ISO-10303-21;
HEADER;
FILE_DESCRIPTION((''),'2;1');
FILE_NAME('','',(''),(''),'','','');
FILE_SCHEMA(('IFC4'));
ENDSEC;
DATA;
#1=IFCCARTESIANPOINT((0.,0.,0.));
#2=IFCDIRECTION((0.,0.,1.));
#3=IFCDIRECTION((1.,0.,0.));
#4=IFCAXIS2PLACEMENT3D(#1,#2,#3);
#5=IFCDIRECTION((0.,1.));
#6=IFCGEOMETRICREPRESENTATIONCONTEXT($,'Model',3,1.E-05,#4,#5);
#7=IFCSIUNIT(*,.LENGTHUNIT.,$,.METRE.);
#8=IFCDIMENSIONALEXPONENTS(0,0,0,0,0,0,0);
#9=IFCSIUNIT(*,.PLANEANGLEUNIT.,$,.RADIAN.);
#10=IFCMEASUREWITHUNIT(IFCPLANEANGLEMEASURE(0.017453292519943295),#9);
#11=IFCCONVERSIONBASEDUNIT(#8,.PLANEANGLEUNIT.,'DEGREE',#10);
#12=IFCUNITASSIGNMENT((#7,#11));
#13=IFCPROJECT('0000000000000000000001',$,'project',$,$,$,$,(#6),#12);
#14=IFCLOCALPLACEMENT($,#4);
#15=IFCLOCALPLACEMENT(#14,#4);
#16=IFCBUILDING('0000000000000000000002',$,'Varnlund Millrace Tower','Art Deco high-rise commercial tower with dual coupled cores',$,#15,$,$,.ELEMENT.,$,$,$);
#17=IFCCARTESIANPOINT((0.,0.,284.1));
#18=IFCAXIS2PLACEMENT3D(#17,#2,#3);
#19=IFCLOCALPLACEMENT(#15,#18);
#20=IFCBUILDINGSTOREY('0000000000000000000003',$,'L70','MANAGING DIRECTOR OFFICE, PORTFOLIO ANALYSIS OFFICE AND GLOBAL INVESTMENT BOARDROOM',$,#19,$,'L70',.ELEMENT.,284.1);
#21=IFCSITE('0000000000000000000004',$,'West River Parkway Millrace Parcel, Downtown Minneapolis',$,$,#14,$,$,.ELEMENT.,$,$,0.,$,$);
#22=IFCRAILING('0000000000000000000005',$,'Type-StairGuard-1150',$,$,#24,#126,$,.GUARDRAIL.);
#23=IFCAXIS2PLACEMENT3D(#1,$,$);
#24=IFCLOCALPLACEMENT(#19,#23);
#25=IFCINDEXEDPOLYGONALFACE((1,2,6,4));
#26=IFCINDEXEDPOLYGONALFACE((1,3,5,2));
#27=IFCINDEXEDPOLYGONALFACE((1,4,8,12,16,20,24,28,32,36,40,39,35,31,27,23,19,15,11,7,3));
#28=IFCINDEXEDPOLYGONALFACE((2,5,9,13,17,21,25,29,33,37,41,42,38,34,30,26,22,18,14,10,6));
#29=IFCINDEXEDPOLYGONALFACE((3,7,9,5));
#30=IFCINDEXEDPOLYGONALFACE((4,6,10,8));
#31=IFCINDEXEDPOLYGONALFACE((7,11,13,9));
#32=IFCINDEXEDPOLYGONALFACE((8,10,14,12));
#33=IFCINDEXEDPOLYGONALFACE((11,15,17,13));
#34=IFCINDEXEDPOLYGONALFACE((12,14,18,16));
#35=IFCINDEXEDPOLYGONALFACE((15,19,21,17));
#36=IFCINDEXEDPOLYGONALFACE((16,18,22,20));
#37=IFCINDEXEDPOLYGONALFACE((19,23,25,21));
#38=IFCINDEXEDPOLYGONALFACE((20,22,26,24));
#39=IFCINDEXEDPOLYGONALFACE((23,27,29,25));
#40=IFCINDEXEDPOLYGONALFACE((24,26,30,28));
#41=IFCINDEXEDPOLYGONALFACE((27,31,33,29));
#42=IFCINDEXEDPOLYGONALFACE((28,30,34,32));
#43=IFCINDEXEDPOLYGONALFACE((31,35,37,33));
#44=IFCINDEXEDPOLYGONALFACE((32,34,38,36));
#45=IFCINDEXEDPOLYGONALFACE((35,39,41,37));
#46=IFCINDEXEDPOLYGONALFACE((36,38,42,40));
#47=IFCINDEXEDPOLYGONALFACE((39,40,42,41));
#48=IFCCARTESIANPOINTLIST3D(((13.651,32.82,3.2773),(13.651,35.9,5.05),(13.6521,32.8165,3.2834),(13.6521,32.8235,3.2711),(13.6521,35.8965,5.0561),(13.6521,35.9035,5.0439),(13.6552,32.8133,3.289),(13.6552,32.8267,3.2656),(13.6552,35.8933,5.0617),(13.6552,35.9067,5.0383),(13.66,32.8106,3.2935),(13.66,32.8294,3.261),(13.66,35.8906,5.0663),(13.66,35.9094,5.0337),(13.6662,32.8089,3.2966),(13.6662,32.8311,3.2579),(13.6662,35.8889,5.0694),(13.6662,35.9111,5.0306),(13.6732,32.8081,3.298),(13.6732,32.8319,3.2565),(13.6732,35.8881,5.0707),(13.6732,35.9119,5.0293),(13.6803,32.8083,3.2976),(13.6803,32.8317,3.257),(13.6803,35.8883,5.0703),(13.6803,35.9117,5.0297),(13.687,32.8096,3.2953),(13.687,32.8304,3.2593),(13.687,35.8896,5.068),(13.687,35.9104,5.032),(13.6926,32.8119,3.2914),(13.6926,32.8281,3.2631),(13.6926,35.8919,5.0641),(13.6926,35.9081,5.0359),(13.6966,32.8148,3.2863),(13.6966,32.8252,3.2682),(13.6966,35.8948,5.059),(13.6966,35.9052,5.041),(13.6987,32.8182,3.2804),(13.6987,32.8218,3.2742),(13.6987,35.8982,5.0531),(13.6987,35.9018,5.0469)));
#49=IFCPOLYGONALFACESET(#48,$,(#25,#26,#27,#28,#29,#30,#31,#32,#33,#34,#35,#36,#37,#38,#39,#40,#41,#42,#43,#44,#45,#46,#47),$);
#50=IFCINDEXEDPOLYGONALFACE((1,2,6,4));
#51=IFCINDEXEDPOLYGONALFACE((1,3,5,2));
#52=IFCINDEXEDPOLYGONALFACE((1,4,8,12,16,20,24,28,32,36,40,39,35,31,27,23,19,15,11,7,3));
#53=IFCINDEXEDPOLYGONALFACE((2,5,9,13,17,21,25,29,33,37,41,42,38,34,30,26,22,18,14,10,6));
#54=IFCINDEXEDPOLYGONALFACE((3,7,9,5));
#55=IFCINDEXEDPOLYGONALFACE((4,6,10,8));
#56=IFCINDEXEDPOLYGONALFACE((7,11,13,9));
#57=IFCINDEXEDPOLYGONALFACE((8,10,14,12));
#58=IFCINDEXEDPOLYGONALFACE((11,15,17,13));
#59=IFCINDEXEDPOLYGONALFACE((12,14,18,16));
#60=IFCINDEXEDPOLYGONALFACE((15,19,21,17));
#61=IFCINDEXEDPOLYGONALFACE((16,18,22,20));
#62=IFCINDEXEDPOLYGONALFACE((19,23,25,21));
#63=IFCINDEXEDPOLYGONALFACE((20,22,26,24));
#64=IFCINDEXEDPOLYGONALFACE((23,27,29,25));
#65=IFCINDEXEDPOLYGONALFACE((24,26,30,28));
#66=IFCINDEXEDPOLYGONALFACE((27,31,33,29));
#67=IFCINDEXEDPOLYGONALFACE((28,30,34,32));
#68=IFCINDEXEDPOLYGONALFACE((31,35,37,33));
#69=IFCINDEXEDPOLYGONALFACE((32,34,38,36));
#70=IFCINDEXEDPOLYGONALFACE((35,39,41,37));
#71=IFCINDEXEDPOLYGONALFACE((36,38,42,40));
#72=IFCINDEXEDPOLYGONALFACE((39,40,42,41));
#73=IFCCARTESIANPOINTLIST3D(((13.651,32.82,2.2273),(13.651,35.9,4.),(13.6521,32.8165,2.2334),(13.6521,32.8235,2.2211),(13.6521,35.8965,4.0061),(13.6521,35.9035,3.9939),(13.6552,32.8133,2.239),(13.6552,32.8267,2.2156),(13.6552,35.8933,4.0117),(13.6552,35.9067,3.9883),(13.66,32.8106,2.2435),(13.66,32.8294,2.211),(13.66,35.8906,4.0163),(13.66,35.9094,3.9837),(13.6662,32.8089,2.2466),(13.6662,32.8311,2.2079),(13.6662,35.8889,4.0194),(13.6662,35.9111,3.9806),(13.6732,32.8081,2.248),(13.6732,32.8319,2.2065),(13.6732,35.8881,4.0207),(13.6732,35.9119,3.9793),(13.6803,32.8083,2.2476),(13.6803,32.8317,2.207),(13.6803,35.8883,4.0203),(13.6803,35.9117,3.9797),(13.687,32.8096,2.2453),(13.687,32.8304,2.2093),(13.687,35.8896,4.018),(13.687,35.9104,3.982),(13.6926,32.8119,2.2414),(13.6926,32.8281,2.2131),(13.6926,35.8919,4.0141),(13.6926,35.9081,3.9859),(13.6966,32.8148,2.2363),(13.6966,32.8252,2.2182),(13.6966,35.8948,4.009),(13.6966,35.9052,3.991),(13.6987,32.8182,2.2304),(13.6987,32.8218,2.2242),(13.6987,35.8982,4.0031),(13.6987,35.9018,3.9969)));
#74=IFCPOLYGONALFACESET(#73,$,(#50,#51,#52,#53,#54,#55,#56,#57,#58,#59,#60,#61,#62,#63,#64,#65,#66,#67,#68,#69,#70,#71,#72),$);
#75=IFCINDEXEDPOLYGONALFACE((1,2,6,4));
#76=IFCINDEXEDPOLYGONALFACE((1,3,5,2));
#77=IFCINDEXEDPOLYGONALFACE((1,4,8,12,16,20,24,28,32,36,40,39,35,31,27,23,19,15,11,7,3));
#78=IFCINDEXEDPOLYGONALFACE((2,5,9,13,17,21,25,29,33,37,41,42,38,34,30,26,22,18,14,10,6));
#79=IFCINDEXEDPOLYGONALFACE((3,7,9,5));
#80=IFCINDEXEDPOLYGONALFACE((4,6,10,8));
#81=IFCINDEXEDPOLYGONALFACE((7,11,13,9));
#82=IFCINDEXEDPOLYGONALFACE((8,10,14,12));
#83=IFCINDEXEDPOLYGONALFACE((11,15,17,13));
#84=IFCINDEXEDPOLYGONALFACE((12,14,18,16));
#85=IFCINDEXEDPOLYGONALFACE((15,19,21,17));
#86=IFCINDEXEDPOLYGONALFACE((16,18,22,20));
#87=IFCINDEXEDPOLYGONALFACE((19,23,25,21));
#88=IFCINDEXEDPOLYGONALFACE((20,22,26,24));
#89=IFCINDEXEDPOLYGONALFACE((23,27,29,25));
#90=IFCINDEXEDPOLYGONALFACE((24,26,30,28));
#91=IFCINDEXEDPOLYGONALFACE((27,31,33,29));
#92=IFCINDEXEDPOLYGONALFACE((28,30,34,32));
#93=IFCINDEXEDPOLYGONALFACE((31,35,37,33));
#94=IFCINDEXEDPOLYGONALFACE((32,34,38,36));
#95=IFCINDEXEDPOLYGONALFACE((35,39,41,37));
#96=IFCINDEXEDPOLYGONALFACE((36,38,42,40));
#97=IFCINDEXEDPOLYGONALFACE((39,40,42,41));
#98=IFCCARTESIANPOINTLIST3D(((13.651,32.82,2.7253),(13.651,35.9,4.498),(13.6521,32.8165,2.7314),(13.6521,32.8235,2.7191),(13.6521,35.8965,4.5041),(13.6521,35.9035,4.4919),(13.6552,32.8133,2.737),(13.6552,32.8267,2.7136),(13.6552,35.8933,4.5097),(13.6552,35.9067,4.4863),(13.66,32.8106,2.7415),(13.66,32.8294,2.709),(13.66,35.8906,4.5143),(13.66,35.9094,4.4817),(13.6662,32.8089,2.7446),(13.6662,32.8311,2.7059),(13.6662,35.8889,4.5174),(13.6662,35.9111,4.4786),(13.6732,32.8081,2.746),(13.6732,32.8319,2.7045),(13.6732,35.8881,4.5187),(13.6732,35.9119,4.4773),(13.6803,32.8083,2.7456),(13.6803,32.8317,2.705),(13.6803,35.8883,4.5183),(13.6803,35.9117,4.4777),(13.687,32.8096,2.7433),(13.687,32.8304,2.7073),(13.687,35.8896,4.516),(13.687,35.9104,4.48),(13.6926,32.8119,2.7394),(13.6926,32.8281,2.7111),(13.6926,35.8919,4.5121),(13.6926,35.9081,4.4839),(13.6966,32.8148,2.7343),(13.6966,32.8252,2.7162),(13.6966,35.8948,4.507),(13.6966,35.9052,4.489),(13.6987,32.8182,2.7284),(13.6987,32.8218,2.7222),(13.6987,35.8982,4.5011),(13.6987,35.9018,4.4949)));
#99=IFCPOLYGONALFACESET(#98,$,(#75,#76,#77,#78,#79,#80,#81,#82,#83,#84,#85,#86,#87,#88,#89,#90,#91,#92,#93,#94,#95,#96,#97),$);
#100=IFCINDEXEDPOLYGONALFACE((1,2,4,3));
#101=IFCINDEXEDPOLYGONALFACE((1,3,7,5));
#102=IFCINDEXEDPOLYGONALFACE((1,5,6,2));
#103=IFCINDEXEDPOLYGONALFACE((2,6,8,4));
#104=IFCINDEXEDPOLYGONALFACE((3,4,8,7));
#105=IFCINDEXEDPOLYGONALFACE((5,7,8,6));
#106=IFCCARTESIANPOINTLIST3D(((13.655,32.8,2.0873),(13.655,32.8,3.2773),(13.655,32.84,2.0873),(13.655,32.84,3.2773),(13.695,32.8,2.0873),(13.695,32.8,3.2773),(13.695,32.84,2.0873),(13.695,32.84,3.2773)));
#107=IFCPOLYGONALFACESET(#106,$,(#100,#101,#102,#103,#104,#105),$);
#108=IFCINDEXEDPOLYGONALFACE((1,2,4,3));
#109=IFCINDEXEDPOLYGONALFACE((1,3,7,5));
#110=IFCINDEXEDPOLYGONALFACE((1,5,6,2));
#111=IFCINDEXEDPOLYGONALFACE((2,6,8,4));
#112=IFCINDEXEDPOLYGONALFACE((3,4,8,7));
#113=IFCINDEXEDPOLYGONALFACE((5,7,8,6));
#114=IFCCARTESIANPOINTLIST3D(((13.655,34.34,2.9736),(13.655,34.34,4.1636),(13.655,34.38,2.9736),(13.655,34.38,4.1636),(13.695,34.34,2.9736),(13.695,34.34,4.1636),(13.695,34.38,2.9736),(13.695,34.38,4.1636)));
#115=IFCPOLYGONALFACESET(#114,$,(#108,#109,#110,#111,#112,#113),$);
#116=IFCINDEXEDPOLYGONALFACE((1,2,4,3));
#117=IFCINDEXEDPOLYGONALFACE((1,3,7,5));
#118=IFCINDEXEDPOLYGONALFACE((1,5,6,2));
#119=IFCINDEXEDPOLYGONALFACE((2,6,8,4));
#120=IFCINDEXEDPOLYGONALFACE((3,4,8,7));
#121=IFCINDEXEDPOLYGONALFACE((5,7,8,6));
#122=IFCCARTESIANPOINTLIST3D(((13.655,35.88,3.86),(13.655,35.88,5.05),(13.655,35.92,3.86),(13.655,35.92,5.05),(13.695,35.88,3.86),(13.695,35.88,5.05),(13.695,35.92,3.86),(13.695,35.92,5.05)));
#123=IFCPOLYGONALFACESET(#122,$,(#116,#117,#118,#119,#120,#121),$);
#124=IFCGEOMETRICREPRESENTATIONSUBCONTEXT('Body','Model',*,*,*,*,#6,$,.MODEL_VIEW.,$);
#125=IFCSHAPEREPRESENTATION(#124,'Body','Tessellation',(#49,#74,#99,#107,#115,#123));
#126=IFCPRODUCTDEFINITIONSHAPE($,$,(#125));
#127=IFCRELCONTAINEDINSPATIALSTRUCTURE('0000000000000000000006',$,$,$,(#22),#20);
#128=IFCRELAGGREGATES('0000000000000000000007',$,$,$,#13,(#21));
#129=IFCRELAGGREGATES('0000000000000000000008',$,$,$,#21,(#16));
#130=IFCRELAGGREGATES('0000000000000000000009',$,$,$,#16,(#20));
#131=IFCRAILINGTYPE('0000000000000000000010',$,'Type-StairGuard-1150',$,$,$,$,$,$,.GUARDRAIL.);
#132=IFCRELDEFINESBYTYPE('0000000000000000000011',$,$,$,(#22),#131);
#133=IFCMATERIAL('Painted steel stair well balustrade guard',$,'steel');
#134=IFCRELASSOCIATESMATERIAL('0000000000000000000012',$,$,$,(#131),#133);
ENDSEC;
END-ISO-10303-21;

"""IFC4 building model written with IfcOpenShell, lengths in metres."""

from ifc_helpers import new_model, entity, si_unit, converted_unit, direction, frame, origin_with_axes, origin_2d_with_axis, place, context, subcontext, project, spatial, rectangle, circle, extrude, material, type_object, element, save


model = new_model("IFC4")

# Units and contexts
model_context = context("Model", 3, precision=1e-05, world=origin_with_axes(), true_north=direction((0.0, 1.0)))
body_context = subcontext(model_context, "Body", "Model", "MODEL_VIEW")
ifc_project = project(units=[si_unit("LENGTHUNIT", "METRE"), converted_unit("PLANEANGLEUNIT", "DEGREE", entity("IfcPlaneAngleMeasure", 0.017453292519943295), si_unit("PLANEANGLEUNIT", "RADIAN"), dimensions=[0, 0, 0, 0, 0, 0, 0])], contexts=[model_context])

# Site, building, storey
site_placement = place(None, origin_with_axes())
site = spatial("IfcSite", under=ifc_project, at=site_placement, Name="West River Parkway Millrace Parcel, Downtown Minneapolis", CompositionType="ELEMENT", RefElevation=0.0)
building_placement = place(site_placement, origin_with_axes())
building = spatial("IfcBuilding", under=site, at=building_placement, Name="Varnlund Millrace Tower", Description="Art Deco high-rise commercial tower with dual coupled cores", CompositionType="ELEMENT")
storey_placement = place(building_placement, frame((0.0, 0.0, 284.1), z_axis=(0.0, 0.0, 1.0), x_axis=(1.0, 0.0, 0.0)))
storey = spatial("IfcBuildingStorey", under=building, at=storey_placement, Name="L70", Description="MANAGING DIRECTOR OFFICE, PORTFOLIO ANALYSIS OFFICE AND GLOBAL INVESTMENT BOARDROOM", LongName="L70", CompositionType="ELEMENT", Elevation=284.1)

# Railing
ifc_material_1 = material(Name="Painted steel stair well balustrade guard", Category="steel")
railing_type_1 = type_object("IfcRailingType", Name="Type-StairGuard-1150", PredefinedType="GUARDRAIL", material=ifc_material_1)
railing_1_placement = place(storey_placement, frame((0.0, 0.0, -284.1), z_axis=(0.0, 0.0, 1.0), x_axis=(1.0, 0.0, 0.0)))
element("IfcRailing", 1, at=railing_1_placement, inside=storey, type_object=railing_type_1, Name="Type-StairGuard-1150", PredefinedType="GUARDRAIL", context=body_context, shape_type="SweptSolid", body=[
    extrude(circle(Radius=0.024, at=origin_2d_with_axis()), frame((13.675, 32.82, 287.3773), z_axis=(0.0, 0.866696, 0.498836), x_axis=(-1.0, 0.0, 0.0)), (0.0, 0.0, 1.0), 3.5537),
    extrude(circle(Radius=0.024, at=origin_2d_with_axis()), frame((13.675, 32.82, 286.3273), z_axis=(0.0, 0.866696, 0.498836), x_axis=(-1.0, 0.0, 0.0)), (0.0, 0.0, 1.0), 3.5537),
    extrude(circle(Radius=0.024, at=origin_2d_with_axis()), frame((13.675, 32.82, 286.8253), z_axis=(0.0, 0.866696, 0.498836), x_axis=(-1.0, 0.0, 0.0)), (0.0, 0.0, 1.0), 3.5537),
    extrude(rectangle(XDim=0.04, YDim=0.04, at=origin_2d_with_axis()), frame((13.675, 32.82, 286.1873), z_axis=(0.0, 0.0, 1.0), x_axis=(1.0, 0.0, 0.0)), (0.0, 0.0, 1.0), 1.19),
    extrude(rectangle(XDim=0.04, YDim=0.04, at=origin_2d_with_axis()), frame((13.675, 34.36, 287.0736), z_axis=(0.0, 0.0, 1.0), x_axis=(1.0, 0.0, 0.0)), (0.0, 0.0, 1.0), 1.19),
    extrude(rectangle(XDim=0.04, YDim=0.04, at=origin_2d_with_axis()), frame((13.675, 35.9, 287.96), z_axis=(0.0, 0.0, 1.0), x_axis=(1.0, 0.0, 0.0)), (0.0, 0.0, 1.0), 1.19),
])

save(model, "model.ifc")
